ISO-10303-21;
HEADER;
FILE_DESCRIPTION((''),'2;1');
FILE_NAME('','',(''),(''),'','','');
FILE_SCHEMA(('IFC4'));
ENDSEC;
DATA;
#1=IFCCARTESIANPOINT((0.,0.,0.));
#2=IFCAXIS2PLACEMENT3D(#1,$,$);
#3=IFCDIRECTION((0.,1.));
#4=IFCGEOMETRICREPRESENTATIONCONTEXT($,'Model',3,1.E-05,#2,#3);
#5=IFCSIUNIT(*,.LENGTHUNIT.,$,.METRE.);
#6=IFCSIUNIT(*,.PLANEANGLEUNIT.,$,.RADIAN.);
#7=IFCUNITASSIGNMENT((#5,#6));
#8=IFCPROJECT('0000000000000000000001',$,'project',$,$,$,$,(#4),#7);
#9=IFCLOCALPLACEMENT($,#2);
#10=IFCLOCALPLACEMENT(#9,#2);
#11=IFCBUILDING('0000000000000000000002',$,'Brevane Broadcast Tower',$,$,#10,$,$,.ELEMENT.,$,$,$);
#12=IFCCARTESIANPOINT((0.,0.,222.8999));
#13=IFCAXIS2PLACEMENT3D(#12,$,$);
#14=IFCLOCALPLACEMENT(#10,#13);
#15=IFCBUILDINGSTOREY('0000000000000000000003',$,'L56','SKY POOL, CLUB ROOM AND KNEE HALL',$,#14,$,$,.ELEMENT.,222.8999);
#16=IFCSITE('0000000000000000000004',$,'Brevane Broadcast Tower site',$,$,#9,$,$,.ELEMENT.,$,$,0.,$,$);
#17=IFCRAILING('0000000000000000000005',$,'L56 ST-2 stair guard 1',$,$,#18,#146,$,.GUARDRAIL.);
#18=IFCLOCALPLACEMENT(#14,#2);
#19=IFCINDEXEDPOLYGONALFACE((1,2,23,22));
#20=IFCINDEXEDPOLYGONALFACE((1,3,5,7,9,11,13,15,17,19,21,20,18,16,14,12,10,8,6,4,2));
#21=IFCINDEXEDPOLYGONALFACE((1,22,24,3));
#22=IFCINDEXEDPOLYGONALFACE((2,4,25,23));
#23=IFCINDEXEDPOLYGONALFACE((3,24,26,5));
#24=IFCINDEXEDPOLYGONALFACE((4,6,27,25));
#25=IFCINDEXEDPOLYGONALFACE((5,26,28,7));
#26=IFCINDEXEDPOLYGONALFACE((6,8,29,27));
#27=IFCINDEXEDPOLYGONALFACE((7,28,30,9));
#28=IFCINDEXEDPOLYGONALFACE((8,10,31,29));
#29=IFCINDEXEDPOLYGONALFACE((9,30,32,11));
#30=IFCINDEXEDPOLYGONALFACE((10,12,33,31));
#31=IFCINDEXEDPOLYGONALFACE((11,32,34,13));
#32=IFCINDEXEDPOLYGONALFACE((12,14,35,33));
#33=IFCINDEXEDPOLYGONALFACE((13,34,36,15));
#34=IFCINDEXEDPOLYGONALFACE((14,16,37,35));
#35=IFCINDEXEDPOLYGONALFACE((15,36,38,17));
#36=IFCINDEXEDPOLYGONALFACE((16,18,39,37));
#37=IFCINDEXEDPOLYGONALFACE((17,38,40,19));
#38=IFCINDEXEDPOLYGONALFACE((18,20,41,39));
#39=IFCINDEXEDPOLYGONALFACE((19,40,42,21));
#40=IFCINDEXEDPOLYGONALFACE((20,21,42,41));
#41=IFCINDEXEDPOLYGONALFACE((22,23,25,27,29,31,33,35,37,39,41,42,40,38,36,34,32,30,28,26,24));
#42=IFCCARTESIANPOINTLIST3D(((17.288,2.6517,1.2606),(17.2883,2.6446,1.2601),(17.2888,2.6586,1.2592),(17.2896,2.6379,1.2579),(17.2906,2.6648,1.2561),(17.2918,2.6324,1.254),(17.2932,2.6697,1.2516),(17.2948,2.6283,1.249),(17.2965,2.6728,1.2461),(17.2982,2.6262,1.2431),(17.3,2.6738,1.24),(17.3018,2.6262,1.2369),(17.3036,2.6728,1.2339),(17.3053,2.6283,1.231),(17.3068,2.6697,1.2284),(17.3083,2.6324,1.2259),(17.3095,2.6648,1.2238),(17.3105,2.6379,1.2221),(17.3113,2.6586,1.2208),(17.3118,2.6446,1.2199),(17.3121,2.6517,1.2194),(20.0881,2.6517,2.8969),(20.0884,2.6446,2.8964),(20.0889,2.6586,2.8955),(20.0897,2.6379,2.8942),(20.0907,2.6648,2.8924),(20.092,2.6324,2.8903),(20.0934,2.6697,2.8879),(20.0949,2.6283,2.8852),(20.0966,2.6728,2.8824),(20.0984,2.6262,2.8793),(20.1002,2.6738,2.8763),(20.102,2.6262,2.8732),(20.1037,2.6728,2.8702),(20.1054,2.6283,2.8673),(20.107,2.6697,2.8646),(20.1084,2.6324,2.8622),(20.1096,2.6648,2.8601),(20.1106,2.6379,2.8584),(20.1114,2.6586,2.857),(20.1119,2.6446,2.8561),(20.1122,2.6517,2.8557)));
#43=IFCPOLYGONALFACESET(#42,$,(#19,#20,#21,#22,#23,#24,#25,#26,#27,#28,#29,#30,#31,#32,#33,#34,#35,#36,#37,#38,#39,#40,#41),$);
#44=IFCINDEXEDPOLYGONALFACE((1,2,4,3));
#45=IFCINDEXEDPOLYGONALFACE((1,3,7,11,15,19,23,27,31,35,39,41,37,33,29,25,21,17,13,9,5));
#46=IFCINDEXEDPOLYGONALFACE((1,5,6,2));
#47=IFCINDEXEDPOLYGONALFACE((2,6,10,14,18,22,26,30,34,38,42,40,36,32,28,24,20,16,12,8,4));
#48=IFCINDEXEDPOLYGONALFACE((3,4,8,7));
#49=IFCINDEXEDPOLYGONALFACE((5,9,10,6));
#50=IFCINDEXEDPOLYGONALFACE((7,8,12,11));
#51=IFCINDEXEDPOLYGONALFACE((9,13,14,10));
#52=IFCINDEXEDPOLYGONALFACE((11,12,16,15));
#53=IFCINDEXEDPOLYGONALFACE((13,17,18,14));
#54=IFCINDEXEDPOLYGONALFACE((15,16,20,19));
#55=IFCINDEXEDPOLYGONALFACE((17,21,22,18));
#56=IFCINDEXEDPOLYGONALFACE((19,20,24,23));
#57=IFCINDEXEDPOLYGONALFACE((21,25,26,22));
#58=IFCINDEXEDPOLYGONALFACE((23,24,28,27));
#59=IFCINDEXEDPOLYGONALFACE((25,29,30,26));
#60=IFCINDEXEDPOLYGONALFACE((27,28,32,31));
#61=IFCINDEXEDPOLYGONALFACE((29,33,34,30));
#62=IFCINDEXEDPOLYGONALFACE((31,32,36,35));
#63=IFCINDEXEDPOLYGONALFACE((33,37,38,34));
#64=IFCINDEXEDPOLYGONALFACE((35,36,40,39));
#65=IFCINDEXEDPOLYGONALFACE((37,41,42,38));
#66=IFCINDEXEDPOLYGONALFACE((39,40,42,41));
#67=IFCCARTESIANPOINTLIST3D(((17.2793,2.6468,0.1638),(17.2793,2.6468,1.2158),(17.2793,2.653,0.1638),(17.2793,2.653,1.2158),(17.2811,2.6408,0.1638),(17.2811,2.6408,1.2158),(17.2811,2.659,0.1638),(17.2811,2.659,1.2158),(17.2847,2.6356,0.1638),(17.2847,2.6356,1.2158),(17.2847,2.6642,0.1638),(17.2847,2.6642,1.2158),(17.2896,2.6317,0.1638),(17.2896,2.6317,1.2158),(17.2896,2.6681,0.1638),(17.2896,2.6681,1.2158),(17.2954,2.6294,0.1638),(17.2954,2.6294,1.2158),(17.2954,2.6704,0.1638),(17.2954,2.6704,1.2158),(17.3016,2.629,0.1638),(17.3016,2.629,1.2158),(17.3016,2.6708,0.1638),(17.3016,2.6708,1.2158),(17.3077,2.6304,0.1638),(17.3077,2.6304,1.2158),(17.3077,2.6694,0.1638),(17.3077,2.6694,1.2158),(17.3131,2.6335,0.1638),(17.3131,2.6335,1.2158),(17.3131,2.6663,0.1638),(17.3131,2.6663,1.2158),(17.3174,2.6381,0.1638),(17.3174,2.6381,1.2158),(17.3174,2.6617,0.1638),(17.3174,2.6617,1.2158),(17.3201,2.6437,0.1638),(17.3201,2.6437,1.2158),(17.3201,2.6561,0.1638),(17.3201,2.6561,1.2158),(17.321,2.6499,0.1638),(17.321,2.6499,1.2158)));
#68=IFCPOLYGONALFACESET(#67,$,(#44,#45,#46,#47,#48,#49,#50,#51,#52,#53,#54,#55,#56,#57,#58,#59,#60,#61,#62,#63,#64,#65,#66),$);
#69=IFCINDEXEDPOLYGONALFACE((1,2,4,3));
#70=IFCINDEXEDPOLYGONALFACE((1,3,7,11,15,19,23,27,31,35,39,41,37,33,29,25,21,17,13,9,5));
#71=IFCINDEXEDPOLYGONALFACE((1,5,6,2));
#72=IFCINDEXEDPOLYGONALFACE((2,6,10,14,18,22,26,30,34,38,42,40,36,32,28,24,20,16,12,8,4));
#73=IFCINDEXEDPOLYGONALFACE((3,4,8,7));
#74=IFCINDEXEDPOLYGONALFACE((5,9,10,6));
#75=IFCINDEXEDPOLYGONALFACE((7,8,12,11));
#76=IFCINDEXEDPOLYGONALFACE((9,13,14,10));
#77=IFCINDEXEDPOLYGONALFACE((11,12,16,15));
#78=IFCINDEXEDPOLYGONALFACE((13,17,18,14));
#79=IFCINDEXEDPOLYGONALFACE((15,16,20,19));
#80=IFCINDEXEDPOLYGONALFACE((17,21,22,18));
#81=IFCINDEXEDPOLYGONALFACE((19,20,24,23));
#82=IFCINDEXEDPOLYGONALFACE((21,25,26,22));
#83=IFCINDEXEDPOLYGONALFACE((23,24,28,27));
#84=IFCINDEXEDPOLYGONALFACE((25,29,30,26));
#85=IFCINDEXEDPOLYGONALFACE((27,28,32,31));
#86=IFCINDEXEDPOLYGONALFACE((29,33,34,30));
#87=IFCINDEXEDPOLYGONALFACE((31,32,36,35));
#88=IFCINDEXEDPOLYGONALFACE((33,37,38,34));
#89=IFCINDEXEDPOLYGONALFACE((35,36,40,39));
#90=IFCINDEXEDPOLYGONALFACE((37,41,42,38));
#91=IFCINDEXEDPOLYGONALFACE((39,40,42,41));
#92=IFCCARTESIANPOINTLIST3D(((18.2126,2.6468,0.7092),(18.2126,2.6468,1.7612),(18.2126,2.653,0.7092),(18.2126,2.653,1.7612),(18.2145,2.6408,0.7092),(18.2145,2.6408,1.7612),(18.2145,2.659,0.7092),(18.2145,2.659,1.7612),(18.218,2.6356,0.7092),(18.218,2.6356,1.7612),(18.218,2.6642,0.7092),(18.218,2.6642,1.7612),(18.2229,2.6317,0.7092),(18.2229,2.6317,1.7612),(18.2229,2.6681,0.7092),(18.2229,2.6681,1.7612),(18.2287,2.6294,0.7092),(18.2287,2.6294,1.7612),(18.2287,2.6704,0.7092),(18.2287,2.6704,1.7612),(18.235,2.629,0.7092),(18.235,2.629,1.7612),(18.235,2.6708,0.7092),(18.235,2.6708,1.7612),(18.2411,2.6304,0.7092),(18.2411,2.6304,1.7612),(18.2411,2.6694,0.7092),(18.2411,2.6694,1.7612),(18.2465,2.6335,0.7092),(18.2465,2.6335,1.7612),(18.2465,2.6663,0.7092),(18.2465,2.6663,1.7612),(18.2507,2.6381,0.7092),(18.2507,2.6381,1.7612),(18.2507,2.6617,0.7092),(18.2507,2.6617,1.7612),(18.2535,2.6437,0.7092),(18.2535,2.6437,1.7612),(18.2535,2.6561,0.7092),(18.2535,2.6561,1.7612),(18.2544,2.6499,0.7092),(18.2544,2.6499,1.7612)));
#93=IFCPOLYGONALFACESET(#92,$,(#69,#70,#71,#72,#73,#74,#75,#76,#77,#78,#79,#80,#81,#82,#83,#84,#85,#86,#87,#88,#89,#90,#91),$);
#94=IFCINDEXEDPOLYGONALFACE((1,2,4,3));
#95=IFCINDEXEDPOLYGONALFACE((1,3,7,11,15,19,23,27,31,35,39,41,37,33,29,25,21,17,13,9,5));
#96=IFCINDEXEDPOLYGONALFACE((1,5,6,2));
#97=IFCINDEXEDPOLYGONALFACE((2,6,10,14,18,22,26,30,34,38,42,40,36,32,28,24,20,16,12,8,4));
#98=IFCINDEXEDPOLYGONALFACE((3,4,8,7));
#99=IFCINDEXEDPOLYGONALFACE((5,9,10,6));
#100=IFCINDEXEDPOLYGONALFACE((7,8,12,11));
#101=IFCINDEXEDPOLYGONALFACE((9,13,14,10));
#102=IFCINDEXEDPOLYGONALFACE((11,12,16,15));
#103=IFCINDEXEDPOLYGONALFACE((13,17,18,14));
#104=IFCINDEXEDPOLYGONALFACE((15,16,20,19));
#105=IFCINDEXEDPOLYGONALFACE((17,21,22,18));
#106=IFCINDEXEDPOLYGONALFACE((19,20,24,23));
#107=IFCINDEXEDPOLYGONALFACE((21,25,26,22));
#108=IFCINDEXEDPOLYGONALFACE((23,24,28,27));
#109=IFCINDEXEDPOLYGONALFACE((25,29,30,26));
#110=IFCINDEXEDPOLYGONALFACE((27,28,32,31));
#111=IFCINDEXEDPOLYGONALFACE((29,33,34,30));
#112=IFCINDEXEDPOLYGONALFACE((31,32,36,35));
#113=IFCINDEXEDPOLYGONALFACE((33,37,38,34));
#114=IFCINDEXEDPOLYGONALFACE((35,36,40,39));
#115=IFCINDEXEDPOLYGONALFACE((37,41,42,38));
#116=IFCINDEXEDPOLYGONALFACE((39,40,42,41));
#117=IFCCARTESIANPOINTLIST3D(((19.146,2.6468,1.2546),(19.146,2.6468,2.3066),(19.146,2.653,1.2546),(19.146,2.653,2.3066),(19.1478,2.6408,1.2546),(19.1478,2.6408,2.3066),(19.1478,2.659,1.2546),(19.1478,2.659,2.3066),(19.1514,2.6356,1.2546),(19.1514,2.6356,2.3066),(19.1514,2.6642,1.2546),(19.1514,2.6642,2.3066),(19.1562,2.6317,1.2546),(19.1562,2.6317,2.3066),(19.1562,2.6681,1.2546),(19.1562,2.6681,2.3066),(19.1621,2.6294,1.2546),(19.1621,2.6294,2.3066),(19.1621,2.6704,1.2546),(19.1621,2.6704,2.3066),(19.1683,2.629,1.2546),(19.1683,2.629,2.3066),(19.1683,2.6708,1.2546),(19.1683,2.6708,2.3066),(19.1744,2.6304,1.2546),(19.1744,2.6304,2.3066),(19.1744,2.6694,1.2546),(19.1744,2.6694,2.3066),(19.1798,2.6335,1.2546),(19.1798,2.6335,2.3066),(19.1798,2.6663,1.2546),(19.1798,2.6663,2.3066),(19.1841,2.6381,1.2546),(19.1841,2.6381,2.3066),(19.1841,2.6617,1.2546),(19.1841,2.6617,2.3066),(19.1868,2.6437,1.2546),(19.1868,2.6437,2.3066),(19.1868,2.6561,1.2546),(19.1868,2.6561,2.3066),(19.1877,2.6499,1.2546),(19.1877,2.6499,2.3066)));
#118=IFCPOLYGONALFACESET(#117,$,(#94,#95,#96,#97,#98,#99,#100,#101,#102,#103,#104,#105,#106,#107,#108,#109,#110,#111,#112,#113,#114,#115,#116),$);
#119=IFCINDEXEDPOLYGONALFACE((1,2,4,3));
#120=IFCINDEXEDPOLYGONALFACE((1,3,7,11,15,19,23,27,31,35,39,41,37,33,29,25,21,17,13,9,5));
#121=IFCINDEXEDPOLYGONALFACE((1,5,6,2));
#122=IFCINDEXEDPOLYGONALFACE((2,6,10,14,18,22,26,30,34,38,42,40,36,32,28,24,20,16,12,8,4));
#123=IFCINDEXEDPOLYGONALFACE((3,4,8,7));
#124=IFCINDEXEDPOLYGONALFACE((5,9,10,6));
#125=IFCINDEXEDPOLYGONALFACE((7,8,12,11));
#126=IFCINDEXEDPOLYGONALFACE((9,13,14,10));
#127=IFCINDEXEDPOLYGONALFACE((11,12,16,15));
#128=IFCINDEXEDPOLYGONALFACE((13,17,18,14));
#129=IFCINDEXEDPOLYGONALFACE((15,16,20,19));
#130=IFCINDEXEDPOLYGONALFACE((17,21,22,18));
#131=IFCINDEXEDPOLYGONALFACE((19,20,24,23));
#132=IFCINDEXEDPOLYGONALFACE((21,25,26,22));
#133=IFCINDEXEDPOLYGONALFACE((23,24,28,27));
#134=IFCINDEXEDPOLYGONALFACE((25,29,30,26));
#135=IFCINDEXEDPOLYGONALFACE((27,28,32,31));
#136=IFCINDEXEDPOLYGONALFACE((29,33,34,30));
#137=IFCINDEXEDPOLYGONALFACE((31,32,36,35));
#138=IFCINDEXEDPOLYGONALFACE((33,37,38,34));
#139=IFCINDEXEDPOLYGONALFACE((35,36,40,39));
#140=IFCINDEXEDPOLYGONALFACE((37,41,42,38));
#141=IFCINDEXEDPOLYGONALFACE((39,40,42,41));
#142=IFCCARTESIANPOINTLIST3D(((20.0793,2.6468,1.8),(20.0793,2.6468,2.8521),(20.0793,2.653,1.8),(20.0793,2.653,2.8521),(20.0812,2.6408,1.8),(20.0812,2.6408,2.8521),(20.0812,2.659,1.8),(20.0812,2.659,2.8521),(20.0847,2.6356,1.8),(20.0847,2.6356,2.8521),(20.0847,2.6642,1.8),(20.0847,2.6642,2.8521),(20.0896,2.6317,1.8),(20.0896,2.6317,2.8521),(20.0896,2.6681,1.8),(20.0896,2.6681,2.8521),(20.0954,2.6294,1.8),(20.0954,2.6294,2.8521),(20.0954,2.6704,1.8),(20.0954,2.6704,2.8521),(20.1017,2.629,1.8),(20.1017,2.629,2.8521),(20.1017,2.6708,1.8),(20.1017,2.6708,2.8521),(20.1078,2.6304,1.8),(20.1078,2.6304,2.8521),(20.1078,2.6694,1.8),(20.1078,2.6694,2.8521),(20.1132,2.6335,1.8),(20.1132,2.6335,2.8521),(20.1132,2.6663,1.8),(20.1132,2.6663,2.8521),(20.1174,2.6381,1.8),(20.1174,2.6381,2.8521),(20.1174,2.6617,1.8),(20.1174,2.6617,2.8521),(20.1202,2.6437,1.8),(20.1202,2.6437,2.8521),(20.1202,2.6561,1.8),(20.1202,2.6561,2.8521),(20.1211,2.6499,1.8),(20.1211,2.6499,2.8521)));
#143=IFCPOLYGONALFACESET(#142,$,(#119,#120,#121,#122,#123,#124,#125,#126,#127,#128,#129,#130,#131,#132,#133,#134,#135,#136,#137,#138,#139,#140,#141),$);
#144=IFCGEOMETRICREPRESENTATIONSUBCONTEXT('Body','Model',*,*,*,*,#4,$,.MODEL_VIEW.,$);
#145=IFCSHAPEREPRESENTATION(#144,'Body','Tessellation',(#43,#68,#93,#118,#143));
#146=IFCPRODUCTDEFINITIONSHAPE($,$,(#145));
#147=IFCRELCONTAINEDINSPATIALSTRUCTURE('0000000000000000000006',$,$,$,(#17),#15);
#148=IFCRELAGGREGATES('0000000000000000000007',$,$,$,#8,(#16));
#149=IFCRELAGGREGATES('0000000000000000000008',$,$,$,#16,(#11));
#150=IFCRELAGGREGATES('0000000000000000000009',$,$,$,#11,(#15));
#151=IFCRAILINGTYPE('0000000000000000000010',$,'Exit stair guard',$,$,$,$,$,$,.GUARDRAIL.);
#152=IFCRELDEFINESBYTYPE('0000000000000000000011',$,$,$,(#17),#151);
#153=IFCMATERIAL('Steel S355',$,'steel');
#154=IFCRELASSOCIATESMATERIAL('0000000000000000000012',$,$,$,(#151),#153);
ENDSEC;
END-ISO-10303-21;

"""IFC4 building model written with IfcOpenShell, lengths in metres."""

from ifc_helpers import new_model, si_unit, direction, frame, origin, origin_2d, place, context, subcontext, project, spatial, circle, extrude, material, type_object, element, save


model = new_model("IFC4")

# Units and contexts
model_context = context("Model", 3, precision=1e-05, world=origin(), true_north=direction((0.0, 1.0)))
body_context = subcontext(model_context, "Body", "Model", "MODEL_VIEW")
ifc_project = project(units=[si_unit("LENGTHUNIT", "METRE"), si_unit("PLANEANGLEUNIT", "RADIAN")], contexts=[model_context])

# Site, building, storey
site_placement = place(None, origin())
site = spatial("IfcSite", under=ifc_project, at=site_placement, Name="Brevane Broadcast Tower site", CompositionType="ELEMENT", RefElevation=0.0)
building_placement = place(site_placement, origin())
building = spatial("IfcBuilding", under=site, at=building_placement, Name="Brevane Broadcast Tower", CompositionType="ELEMENT")
storey_placement = place(building_placement, frame((0.0, 0.0, 222.8999)))
storey = spatial("IfcBuildingStorey", under=building, at=storey_placement, Name="L56", Description="SKY POOL, CLUB ROOM AND KNEE HALL", CompositionType="ELEMENT", Elevation=222.8999)

# Railing
ifc_material_1 = material(Name="Steel S355", Category="steel")
railing_type_1 = type_object("IfcRailingType", Name="Exit stair guard", PredefinedType="GUARDRAIL", material=ifc_material_1)
railing_1_placement = place(storey_placement, frame((17.3, 2.6499, 0.1638)))
element("IfcRailing", 1, at=railing_1_placement, inside=storey, type_object=railing_type_1, Name="L56 ST-2 stair guard 1", PredefinedType="GUARDRAIL", context=body_context, shape_type="SweptSolid", body=[
    extrude(circle(Radius=0.0239, at=origin_2d()), frame((0.0, 0.0, 1.0762), z_axis=(0.863394, 0.0, 0.504531), x_axis=(0.0, 1.0, 0.0)), (0.0, 0.0, 1.0), 3.2432),
    extrude(circle(Radius=0.021, at=origin_2d()), origin(), (0.0, 0.0, 1.0), 1.052),
    extrude(circle(Radius=0.021, at=origin_2d()), frame((0.9333, 0.0, 0.5454)), (0.0, 0.0, 1.0), 1.052),
    extrude(circle(Radius=0.021, at=origin_2d()), frame((1.8667, 0.0, 1.0908)), (0.0, 0.0, 1.0), 1.052),
    extrude(circle(Radius=0.021, at=origin_2d()), frame((2.8, 0.0, 1.6362)), (0.0, 0.0, 1.0), 1.052),
])

save(model, "model.ifc")
